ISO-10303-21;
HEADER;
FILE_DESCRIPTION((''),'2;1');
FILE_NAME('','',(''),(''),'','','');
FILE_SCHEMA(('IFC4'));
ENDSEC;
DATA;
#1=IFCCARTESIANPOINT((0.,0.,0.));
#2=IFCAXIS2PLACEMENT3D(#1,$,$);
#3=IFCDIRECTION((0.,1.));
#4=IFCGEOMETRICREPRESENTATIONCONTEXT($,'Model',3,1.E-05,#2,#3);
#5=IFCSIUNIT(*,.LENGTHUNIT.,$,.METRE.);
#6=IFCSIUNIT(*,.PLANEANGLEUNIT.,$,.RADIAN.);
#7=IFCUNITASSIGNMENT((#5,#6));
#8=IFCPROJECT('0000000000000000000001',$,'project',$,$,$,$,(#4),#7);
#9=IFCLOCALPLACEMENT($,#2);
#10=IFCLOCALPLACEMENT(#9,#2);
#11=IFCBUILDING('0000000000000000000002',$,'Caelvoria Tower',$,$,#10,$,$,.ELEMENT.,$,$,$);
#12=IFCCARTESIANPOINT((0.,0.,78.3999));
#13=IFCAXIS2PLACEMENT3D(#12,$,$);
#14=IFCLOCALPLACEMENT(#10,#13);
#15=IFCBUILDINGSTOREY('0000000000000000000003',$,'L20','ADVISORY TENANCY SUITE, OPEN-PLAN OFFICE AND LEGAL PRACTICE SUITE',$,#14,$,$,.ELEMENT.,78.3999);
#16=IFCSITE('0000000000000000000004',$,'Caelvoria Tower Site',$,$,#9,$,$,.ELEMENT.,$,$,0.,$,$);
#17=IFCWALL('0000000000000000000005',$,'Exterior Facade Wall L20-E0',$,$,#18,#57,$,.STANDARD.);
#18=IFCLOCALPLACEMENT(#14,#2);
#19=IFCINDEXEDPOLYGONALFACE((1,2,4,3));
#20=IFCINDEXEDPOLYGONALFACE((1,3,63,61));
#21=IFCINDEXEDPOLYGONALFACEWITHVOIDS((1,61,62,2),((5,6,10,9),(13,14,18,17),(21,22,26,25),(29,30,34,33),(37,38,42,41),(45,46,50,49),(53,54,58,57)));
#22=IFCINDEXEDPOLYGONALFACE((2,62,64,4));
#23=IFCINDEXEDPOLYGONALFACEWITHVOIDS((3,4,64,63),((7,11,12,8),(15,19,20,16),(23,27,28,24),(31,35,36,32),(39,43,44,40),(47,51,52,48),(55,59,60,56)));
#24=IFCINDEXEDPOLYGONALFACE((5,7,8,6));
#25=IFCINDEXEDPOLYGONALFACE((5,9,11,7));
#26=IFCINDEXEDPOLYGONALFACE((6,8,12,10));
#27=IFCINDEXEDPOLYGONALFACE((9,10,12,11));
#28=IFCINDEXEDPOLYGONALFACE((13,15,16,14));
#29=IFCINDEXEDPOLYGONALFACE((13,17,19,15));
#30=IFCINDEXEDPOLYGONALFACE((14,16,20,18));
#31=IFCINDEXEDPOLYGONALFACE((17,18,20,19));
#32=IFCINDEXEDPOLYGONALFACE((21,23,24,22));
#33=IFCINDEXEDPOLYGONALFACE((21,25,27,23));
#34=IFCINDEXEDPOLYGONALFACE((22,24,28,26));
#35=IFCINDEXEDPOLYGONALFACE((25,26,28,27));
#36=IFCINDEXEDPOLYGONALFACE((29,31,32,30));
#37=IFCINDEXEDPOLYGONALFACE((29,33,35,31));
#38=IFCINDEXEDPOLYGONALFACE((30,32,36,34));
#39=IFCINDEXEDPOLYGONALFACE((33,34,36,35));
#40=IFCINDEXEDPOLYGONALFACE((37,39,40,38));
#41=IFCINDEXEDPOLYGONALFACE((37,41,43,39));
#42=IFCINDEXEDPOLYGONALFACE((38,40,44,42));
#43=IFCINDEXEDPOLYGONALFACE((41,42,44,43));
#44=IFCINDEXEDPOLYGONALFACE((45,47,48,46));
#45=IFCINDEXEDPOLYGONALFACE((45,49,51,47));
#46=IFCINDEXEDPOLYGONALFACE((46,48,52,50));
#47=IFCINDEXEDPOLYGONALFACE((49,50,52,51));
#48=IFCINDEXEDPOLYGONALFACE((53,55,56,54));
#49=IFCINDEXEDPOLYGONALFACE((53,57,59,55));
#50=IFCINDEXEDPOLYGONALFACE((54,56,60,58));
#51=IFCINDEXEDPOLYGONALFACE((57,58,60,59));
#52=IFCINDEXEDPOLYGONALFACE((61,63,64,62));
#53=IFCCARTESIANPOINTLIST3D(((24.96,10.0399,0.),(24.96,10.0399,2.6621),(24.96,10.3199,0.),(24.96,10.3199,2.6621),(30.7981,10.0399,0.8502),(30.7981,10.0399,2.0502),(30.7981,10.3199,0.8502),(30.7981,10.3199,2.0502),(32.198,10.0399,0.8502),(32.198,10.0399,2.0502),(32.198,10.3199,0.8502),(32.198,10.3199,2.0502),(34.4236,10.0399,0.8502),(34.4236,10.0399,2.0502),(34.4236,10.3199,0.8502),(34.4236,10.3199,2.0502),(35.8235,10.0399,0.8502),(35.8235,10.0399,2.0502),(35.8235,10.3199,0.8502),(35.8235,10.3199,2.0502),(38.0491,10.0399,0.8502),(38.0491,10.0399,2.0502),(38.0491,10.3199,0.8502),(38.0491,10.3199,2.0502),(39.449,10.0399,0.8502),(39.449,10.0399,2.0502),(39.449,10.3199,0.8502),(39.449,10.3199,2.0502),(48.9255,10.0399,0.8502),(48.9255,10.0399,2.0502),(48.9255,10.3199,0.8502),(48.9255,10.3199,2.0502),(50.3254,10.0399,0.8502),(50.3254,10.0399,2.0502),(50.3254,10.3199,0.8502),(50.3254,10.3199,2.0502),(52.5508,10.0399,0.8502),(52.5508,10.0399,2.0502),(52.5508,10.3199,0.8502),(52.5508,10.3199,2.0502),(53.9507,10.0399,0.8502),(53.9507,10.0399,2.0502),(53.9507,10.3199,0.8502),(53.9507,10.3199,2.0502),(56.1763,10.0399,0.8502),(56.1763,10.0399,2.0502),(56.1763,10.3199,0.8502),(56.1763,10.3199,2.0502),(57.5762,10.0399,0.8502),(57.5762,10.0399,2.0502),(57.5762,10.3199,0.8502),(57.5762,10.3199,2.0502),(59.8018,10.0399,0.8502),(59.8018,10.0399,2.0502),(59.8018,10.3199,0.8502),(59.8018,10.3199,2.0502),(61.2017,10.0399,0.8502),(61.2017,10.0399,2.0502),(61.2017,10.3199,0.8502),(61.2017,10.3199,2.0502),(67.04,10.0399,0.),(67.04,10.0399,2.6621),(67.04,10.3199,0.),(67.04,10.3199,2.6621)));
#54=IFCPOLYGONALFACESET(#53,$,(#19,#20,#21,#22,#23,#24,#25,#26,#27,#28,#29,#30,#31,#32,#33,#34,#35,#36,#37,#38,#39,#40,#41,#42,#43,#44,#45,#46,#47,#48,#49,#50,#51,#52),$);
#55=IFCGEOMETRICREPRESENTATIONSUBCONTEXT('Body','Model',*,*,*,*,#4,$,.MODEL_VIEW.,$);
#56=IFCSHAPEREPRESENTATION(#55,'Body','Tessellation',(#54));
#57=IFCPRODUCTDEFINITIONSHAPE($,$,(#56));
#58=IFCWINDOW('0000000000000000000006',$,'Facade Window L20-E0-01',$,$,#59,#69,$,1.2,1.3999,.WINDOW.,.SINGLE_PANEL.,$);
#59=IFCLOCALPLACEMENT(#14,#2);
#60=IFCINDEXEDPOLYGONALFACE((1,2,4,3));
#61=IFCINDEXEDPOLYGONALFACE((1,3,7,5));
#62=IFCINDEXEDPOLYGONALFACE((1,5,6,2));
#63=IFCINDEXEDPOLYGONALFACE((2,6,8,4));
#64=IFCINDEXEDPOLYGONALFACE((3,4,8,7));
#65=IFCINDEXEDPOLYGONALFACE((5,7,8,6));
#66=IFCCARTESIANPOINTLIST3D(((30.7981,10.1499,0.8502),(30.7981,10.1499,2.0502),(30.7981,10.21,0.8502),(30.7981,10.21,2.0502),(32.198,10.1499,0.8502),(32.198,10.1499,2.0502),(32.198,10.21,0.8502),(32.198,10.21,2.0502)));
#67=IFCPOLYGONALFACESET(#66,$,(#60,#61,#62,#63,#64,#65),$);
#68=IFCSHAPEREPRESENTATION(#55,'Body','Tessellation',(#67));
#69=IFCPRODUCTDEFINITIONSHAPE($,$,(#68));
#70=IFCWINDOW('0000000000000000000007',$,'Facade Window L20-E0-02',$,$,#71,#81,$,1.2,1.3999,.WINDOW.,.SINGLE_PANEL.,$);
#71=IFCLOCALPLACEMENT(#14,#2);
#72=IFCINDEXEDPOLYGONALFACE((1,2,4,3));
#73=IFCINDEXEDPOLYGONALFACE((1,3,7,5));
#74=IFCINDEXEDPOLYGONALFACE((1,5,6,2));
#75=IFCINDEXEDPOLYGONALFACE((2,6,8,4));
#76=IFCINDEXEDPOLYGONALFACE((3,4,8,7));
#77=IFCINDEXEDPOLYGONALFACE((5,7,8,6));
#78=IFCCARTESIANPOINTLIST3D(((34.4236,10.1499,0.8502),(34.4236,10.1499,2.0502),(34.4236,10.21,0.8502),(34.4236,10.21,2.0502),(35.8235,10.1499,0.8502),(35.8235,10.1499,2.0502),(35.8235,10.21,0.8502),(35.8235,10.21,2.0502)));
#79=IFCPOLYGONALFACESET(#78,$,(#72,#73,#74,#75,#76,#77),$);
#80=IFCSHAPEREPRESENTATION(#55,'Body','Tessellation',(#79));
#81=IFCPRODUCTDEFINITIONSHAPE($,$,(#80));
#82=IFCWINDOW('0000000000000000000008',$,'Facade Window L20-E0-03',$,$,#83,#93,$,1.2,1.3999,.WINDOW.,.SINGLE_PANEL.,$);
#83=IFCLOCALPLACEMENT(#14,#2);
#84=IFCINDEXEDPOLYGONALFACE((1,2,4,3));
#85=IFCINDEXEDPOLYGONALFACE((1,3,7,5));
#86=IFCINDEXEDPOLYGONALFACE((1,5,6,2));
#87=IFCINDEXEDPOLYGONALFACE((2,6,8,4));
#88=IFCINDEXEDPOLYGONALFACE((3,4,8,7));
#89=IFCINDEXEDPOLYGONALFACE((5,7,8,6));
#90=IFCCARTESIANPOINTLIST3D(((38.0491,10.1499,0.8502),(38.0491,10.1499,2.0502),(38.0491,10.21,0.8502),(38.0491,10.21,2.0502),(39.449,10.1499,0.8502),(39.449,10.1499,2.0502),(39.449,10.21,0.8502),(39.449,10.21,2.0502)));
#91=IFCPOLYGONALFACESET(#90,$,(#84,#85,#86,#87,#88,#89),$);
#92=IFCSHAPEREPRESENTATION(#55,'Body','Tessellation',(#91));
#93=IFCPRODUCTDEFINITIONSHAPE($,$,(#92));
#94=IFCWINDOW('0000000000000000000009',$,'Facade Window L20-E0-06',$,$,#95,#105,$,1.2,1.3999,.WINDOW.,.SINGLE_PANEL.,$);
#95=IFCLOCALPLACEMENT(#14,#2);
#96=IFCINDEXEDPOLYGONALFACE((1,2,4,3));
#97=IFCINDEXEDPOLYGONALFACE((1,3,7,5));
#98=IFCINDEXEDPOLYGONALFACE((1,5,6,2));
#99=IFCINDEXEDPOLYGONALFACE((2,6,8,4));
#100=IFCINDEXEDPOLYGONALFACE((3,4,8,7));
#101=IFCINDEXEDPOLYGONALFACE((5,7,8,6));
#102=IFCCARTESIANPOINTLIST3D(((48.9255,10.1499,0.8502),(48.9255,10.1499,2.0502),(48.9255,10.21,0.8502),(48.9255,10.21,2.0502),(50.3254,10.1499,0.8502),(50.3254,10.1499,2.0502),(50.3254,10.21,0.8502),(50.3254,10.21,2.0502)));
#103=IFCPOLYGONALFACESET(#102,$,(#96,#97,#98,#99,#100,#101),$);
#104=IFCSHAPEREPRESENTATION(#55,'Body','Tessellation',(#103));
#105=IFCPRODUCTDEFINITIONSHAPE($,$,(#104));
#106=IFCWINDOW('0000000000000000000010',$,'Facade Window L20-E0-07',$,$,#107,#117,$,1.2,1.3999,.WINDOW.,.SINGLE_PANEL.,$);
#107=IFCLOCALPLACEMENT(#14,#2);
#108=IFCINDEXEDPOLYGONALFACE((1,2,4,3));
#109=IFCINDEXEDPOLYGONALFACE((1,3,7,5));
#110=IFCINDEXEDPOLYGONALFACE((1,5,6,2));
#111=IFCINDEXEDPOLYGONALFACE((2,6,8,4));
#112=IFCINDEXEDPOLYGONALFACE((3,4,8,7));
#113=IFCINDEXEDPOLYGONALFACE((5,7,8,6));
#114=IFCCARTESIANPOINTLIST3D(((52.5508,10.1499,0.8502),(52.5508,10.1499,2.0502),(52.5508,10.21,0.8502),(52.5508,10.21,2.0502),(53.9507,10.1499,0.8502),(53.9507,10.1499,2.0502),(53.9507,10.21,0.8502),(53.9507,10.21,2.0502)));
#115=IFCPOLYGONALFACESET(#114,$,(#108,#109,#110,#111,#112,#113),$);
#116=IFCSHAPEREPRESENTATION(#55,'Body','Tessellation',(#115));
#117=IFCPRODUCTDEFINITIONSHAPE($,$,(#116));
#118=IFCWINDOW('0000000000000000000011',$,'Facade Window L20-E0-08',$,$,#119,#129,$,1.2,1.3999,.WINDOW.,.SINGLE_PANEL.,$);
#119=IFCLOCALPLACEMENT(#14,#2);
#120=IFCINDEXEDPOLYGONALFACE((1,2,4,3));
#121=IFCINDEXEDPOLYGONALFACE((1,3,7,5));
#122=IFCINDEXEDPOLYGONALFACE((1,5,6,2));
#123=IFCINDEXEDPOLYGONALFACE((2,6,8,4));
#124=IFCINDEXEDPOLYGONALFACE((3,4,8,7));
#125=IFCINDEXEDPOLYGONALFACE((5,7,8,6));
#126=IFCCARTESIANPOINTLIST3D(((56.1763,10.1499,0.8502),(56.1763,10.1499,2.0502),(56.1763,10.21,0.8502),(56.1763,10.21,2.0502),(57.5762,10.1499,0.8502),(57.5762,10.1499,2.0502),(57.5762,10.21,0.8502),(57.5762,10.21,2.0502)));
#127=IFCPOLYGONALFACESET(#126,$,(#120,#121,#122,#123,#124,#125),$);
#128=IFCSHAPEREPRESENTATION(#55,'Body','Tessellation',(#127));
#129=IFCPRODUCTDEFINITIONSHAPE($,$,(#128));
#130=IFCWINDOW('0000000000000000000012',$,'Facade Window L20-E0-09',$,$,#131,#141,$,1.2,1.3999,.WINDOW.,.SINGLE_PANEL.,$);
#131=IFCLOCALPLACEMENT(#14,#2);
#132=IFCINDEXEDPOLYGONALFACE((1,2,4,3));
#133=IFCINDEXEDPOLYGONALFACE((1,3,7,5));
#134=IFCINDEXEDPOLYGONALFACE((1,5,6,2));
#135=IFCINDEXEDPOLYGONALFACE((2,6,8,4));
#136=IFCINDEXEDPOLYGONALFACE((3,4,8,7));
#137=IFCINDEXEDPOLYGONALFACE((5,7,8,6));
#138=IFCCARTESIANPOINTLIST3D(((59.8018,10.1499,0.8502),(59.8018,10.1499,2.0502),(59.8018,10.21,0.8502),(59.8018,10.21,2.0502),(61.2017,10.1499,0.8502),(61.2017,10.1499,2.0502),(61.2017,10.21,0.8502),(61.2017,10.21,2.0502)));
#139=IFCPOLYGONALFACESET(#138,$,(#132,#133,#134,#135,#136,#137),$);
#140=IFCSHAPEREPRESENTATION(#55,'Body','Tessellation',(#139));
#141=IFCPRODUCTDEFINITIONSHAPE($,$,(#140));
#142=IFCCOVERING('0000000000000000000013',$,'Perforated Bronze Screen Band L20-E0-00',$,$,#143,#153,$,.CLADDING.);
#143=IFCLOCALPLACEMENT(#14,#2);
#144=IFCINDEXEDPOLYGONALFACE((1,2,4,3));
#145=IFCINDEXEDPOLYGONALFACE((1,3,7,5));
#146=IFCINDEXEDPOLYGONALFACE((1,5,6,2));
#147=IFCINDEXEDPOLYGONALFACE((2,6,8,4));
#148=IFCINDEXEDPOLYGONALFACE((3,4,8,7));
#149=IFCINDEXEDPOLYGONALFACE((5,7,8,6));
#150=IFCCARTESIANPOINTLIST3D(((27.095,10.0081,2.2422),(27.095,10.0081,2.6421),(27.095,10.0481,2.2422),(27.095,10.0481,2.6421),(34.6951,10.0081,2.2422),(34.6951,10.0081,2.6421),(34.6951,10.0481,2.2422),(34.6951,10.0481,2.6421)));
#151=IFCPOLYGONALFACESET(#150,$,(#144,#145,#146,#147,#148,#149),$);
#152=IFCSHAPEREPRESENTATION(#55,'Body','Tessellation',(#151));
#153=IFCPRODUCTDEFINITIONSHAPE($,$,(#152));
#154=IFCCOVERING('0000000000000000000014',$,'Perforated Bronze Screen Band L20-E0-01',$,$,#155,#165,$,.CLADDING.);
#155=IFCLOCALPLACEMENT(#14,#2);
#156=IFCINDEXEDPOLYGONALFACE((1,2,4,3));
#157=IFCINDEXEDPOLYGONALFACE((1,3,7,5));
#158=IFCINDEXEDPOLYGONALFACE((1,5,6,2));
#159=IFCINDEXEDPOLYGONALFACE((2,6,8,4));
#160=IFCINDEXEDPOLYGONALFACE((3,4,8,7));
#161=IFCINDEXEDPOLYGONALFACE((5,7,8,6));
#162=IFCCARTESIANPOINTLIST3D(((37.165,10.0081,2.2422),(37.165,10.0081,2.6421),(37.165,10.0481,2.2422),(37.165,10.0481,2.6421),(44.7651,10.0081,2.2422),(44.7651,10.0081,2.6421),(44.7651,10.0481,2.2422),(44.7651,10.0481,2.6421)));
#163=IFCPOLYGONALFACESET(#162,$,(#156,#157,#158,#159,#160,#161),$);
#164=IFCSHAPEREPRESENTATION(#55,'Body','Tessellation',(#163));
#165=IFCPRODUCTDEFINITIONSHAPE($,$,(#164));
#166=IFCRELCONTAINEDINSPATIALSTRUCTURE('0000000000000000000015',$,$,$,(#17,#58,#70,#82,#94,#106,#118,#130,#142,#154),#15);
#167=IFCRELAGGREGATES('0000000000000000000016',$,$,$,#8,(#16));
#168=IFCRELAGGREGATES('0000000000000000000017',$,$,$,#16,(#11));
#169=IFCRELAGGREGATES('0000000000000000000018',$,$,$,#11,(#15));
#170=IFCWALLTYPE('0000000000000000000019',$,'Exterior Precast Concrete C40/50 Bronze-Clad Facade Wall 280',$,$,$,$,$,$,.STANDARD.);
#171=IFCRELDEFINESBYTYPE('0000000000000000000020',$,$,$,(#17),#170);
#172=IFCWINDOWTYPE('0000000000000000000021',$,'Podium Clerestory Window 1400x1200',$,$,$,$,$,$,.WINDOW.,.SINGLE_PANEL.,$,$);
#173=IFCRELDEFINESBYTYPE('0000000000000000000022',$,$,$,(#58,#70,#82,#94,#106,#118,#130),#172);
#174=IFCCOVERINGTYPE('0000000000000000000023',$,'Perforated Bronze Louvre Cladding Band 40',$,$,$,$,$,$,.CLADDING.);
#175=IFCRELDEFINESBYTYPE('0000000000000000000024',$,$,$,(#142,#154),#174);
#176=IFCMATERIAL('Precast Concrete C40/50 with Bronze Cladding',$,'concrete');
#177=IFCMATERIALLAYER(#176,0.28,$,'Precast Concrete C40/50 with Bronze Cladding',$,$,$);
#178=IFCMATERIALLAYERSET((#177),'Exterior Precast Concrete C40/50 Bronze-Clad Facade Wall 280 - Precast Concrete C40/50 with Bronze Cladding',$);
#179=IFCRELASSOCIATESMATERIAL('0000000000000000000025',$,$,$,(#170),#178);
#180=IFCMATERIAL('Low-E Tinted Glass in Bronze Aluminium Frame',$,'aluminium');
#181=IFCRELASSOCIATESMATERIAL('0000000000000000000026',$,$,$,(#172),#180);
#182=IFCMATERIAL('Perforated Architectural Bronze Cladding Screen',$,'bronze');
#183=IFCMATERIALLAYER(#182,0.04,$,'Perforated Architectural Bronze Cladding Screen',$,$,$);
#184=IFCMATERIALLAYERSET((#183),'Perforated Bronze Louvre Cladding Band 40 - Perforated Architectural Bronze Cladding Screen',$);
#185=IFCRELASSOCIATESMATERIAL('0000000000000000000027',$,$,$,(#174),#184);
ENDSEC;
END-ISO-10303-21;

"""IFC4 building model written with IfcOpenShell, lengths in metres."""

from ifc_helpers import new_model, si_unit, direction, frame, frame_2d, origin, origin_2d, place, context, subcontext, project, spatial, rectangle, extrude, material, layer, layer_set, type_object, element, fill, save


model = new_model("IFC4")

# Units and contexts
model_context = context("Model", 3, precision=1e-05, world=origin(), true_north=direction((0.0, 1.0)))
body_context = subcontext(model_context, "Body", "Model", "MODEL_VIEW")
ifc_project = project(units=[si_unit("LENGTHUNIT", "METRE"), si_unit("PLANEANGLEUNIT", "RADIAN")], contexts=[model_context])

# Site, building, storey
site_placement = place(None, origin())
site = spatial("IfcSite", under=ifc_project, at=site_placement, Name="Caelvoria Tower Site", CompositionType="ELEMENT", RefElevation=0.0)
building_placement = place(site_placement, origin())
building = spatial("IfcBuilding", under=site, at=building_placement, Name="Caelvoria Tower", CompositionType="ELEMENT")
storey_placement = place(building_placement, frame((0.0, 0.0, 78.3999)))
storey = spatial("IfcBuildingStorey", under=building, at=storey_placement, Name="L20", Description="ADVISORY TENANCY SUITE, OPEN-PLAN OFFICE AND LEGAL PRACTICE SUITE", CompositionType="ELEMENT", Elevation=78.3999)

# Wall, openings, windows
ifc_material_1 = material(Name="Precast Concrete C40/50 with Bronze Cladding", Category="concrete")
ifc_layer_1 = layer(ifc_material_1, 0.28, Name="Precast Concrete C40/50 with Bronze Cladding")
ifc_layer_set_1 = layer_set([ifc_layer_1], Name="Exterior Precast Concrete C40/50 Bronze-Clad Facade Wall 280 - Precast Concrete C40/50 with Bronze Cladding")
wall_type = type_object("IfcWallType", Name="Exterior Precast Concrete C40/50 Bronze-Clad Facade Wall 280", PredefinedType="STANDARD", material=ifc_layer_set_1)
wall_placement = place(storey_placement, frame((24.96, 10.1799, 0.0), z_axis=(0.0, 0.0, 1.0), x_axis=(1.0, 0.0, 0.0)))
wall = element("IfcWall", 1, at=wall_placement, inside=storey, type_object=wall_type, Name="Exterior Facade Wall L20-E0", PredefinedType="STANDARD", context=body_context, shape_type="SweptSolid", body=[
    extrude(rectangle(XDim=42.0801, YDim=0.28, at=frame_2d((21.04, 0.0))), origin(), (0.0, 0.0, 1.0), 2.6621),
])
opening_1_placement = place(wall_placement, frame((5.8381, 0.0, 0.8501)))
opening_1 = element("IfcOpeningElement", 2, at=opening_1_placement, cuts=wall, PredefinedType="OPENING", context=body_context, shape_type="SweptSolid", body=[
    extrude(rectangle(XDim=1.3999, YDim=1.2, at=frame_2d((0.7, 0.6001))), frame((0.0, 0.1499, 0.0), z_axis=(0.0, -1.0, 0.0), x_axis=(1.0, 0.0, 0.0)), (0.0, 0.0, 1.0), 0.3),
])
opening_2_placement = place(wall_placement, frame((9.4636, 0.0, 0.8501)))
opening_2 = element("IfcOpeningElement", 3, at=opening_2_placement, cuts=wall, PredefinedType="OPENING", context=body_context, shape_type="SweptSolid", body=[
    extrude(rectangle(XDim=1.3999, YDim=1.2, at=frame_2d((0.7, 0.6001))), frame((0.0, 0.1499, 0.0), z_axis=(0.0, -1.0, 0.0), x_axis=(1.0, 0.0, 0.0)), (0.0, 0.0, 1.0), 0.3),
])
opening_3_placement = place(wall_placement, frame((13.0891, 0.0, 0.8501)))
opening_3 = element("IfcOpeningElement", 4, at=opening_3_placement, cuts=wall, PredefinedType="OPENING", context=body_context, shape_type="SweptSolid", body=[
    extrude(rectangle(XDim=1.3999, YDim=1.2, at=frame_2d((0.7, 0.6001))), frame((0.0, 0.1499, 0.0), z_axis=(0.0, -1.0, 0.0), x_axis=(1.0, 0.0, 0.0)), (0.0, 0.0, 1.0), 0.3),
])
opening_4_placement = place(wall_placement, frame((23.9656, 0.0, 0.8501)))
opening_4 = element("IfcOpeningElement", 5, at=opening_4_placement, cuts=wall, PredefinedType="OPENING", context=body_context, shape_type="SweptSolid", body=[
    extrude(rectangle(XDim=1.3999, YDim=1.2, at=frame_2d((0.7, 0.6001))), frame((0.0, 0.1499, 0.0), z_axis=(0.0, -1.0, 0.0), x_axis=(1.0, 0.0, 0.0)), (0.0, 0.0, 1.0), 0.3),
])
opening_5_placement = place(wall_placement, frame((27.5908, 0.0, 0.8501)))
opening_5 = element("IfcOpeningElement", 6, at=opening_5_placement, cuts=wall, PredefinedType="OPENING", context=body_context, shape_type="SweptSolid", body=[
    extrude(rectangle(XDim=1.3999, YDim=1.2, at=frame_2d((0.7, 0.6001))), frame((0.0, 0.1499, 0.0), z_axis=(0.0, -1.0, 0.0), x_axis=(1.0, 0.0, 0.0)), (0.0, 0.0, 1.0), 0.3),
])
opening_6_placement = place(wall_placement, frame((31.2163, 0.0, 0.8501)))
opening_6 = element("IfcOpeningElement", 7, at=opening_6_placement, cuts=wall, PredefinedType="OPENING", context=body_context, shape_type="SweptSolid", body=[
    extrude(rectangle(XDim=1.3999, YDim=1.2, at=frame_2d((0.7, 0.6001))), frame((0.0, 0.1499, 0.0), z_axis=(0.0, -1.0, 0.0), x_axis=(1.0, 0.0, 0.0)), (0.0, 0.0, 1.0), 0.3),
])
opening_7_placement = place(wall_placement, frame((34.8418, 0.0, 0.8501)))
opening_7 = element("IfcOpeningElement", 8, at=opening_7_placement, cuts=wall, PredefinedType="OPENING", context=body_context, shape_type="SweptSolid", body=[
    extrude(rectangle(XDim=1.3999, YDim=1.2, at=frame_2d((0.7, 0.6001))), frame((0.0, 0.1499, 0.0), z_axis=(0.0, -1.0, 0.0), x_axis=(1.0, 0.0, 0.0)), (0.0, 0.0, 1.0), 0.3),
])
ifc_material_2 = material(Name="Low-E Tinted Glass in Bronze Aluminium Frame", Category="aluminium")
window_type = type_object("IfcWindowType", Name="Podium Clerestory Window 1400x1200", PartitioningType="SINGLE_PANEL", PredefinedType="WINDOW", material=ifc_material_2)
window_1_placement = place(opening_1_placement, origin())
window_1 = element("IfcWindow", 9, at=window_1_placement, inside=storey, type_object=window_type, Name="Facade Window L20-E0-01", OverallHeight=1.2, OverallWidth=1.3999, PartitioningType="SINGLE_PANEL", PredefinedType="WINDOW", context=body_context, shape_type="SweptSolid", body=[
    extrude(rectangle(XDim=1.3999, YDim=1.2, at=frame_2d((0.7, 0.6001))), frame((0.0, 0.03, 0.0), z_axis=(0.0, -1.0, 0.0), x_axis=(1.0, 0.0, 0.0)), (0.0, 0.0, 1.0), 0.0601),
])
fill(opening_1, window_1)
window_2_placement = place(opening_2_placement, origin())
window_2 = element("IfcWindow", 10, at=window_2_placement, inside=storey, type_object=window_type, Name="Facade Window L20-E0-02", OverallHeight=1.2, OverallWidth=1.3999, PartitioningType="SINGLE_PANEL", PredefinedType="WINDOW", context=body_context, shape_type="SweptSolid", body=[
    extrude(rectangle(XDim=1.3999, YDim=1.2, at=frame_2d((0.7, 0.6001))), frame((0.0, 0.03, 0.0), z_axis=(0.0, -1.0, 0.0), x_axis=(1.0, 0.0, 0.0)), (0.0, 0.0, 1.0), 0.0601),
])
fill(opening_2, window_2)
window_3_placement = place(opening_3_placement, origin())
window_3 = element("IfcWindow", 11, at=window_3_placement, inside=storey, type_object=window_type, Name="Facade Window L20-E0-03", OverallHeight=1.2, OverallWidth=1.3999, PartitioningType="SINGLE_PANEL", PredefinedType="WINDOW", context=body_context, shape_type="SweptSolid", body=[
    extrude(rectangle(XDim=1.3999, YDim=1.2, at=frame_2d((0.7, 0.6001))), frame((0.0, 0.03, 0.0), z_axis=(0.0, -1.0, 0.0), x_axis=(1.0, 0.0, 0.0)), (0.0, 0.0, 1.0), 0.0601),
])
fill(opening_3, window_3)
window_4_placement = place(opening_4_placement, origin())
window_4 = element("IfcWindow", 12, at=window_4_placement, inside=storey, type_object=window_type, Name="Facade Window L20-E0-06", OverallHeight=1.2, OverallWidth=1.3999, PartitioningType="SINGLE_PANEL", PredefinedType="WINDOW", context=body_context, shape_type="SweptSolid", body=[
    extrude(rectangle(XDim=1.3999, YDim=1.2, at=frame_2d((0.7, 0.6001))), frame((0.0, 0.03, 0.0), z_axis=(0.0, -1.0, 0.0), x_axis=(1.0, 0.0, 0.0)), (0.0, 0.0, 1.0), 0.0601),
])
fill(opening_4, window_4)
window_5_placement = place(opening_5_placement, origin())
window_5 = element("IfcWindow", 13, at=window_5_placement, inside=storey, type_object=window_type, Name="Facade Window L20-E0-07", OverallHeight=1.2, OverallWidth=1.3999, PartitioningType="SINGLE_PANEL", PredefinedType="WINDOW", context=body_context, shape_type="SweptSolid", body=[
    extrude(rectangle(XDim=1.3999, YDim=1.2, at=frame_2d((0.7, 0.6001))), frame((0.0, 0.03, 0.0), z_axis=(0.0, -1.0, 0.0), x_axis=(1.0, 0.0, 0.0)), (0.0, 0.0, 1.0), 0.0601),
])
fill(opening_5, window_5)
window_6_placement = place(opening_6_placement, origin())
window_6 = element("IfcWindow", 14, at=window_6_placement, inside=storey, type_object=window_type, Name="Facade Window L20-E0-08", OverallHeight=1.2, OverallWidth=1.3999, PartitioningType="SINGLE_PANEL", PredefinedType="WINDOW", context=body_context, shape_type="SweptSolid", body=[
    extrude(rectangle(XDim=1.3999, YDim=1.2, at=frame_2d((0.7, 0.6001))), frame((0.0, 0.03, 0.0), z_axis=(0.0, -1.0, 0.0), x_axis=(1.0, 0.0, 0.0)), (0.0, 0.0, 1.0), 0.0601),
])
fill(opening_6, window_6)
window_7_placement = place(opening_7_placement, origin())
window_7 = element("IfcWindow", 15, at=window_7_placement, inside=storey, type_object=window_type, Name="Facade Window L20-E0-09", OverallHeight=1.2, OverallWidth=1.3999, PartitioningType="SINGLE_PANEL", PredefinedType="WINDOW", context=body_context, shape_type="SweptSolid", body=[
    extrude(rectangle(XDim=1.3999, YDim=1.2, at=frame_2d((0.7, 0.6001))), frame((0.0, 0.03, 0.0), z_axis=(0.0, -1.0, 0.0), x_axis=(1.0, 0.0, 0.0)), (0.0, 0.0, 1.0), 0.0601),
])
fill(opening_7, window_7)

# Coverings
ifc_material_3 = material(Name="Perforated Architectural Bronze Cladding Screen", Category="bronze")
ifc_layer_2 = layer(ifc_material_3, 0.04, Name="Perforated Architectural Bronze Cladding Screen")
ifc_layer_set_2 = layer_set([ifc_layer_2], Name="Perforated Bronze Louvre Cladding Band 40 - Perforated Architectural Bronze Cladding Screen")
covering_type = type_object("IfcCoveringType", Name="Perforated Bronze Louvre Cladding Band 40", PredefinedType="CLADDING", material=ifc_layer_set_2)
for number, where, z_axis, x_axis, name in (
    (16, (30.895, 10.0281, 2.2422), (0.0, 0.0, 1.0), (1.0, 0.0, 0.0), "Perforated Bronze Screen Band L20-E0-00"),
    (17, (40.9651, 10.0281, 2.2422), (0.0, 0.0, 1.0), (1.0, 0.0, 0.0), "Perforated Bronze Screen Band L20-E0-01"),
):
    element("IfcCovering", number, at=place(storey_placement, frame(where, z_axis=z_axis, x_axis=x_axis)), inside=storey, type_object=covering_type, Name=name, PredefinedType="CLADDING", context=body_context, shape_type="SweptSolid", body=[
        extrude(rectangle(XDim=7.6001, YDim=0.04, at=origin_2d()), origin(), (0.0, 0.0, 1.0), 0.3999),
    ])

save(model, "model.ifc")
